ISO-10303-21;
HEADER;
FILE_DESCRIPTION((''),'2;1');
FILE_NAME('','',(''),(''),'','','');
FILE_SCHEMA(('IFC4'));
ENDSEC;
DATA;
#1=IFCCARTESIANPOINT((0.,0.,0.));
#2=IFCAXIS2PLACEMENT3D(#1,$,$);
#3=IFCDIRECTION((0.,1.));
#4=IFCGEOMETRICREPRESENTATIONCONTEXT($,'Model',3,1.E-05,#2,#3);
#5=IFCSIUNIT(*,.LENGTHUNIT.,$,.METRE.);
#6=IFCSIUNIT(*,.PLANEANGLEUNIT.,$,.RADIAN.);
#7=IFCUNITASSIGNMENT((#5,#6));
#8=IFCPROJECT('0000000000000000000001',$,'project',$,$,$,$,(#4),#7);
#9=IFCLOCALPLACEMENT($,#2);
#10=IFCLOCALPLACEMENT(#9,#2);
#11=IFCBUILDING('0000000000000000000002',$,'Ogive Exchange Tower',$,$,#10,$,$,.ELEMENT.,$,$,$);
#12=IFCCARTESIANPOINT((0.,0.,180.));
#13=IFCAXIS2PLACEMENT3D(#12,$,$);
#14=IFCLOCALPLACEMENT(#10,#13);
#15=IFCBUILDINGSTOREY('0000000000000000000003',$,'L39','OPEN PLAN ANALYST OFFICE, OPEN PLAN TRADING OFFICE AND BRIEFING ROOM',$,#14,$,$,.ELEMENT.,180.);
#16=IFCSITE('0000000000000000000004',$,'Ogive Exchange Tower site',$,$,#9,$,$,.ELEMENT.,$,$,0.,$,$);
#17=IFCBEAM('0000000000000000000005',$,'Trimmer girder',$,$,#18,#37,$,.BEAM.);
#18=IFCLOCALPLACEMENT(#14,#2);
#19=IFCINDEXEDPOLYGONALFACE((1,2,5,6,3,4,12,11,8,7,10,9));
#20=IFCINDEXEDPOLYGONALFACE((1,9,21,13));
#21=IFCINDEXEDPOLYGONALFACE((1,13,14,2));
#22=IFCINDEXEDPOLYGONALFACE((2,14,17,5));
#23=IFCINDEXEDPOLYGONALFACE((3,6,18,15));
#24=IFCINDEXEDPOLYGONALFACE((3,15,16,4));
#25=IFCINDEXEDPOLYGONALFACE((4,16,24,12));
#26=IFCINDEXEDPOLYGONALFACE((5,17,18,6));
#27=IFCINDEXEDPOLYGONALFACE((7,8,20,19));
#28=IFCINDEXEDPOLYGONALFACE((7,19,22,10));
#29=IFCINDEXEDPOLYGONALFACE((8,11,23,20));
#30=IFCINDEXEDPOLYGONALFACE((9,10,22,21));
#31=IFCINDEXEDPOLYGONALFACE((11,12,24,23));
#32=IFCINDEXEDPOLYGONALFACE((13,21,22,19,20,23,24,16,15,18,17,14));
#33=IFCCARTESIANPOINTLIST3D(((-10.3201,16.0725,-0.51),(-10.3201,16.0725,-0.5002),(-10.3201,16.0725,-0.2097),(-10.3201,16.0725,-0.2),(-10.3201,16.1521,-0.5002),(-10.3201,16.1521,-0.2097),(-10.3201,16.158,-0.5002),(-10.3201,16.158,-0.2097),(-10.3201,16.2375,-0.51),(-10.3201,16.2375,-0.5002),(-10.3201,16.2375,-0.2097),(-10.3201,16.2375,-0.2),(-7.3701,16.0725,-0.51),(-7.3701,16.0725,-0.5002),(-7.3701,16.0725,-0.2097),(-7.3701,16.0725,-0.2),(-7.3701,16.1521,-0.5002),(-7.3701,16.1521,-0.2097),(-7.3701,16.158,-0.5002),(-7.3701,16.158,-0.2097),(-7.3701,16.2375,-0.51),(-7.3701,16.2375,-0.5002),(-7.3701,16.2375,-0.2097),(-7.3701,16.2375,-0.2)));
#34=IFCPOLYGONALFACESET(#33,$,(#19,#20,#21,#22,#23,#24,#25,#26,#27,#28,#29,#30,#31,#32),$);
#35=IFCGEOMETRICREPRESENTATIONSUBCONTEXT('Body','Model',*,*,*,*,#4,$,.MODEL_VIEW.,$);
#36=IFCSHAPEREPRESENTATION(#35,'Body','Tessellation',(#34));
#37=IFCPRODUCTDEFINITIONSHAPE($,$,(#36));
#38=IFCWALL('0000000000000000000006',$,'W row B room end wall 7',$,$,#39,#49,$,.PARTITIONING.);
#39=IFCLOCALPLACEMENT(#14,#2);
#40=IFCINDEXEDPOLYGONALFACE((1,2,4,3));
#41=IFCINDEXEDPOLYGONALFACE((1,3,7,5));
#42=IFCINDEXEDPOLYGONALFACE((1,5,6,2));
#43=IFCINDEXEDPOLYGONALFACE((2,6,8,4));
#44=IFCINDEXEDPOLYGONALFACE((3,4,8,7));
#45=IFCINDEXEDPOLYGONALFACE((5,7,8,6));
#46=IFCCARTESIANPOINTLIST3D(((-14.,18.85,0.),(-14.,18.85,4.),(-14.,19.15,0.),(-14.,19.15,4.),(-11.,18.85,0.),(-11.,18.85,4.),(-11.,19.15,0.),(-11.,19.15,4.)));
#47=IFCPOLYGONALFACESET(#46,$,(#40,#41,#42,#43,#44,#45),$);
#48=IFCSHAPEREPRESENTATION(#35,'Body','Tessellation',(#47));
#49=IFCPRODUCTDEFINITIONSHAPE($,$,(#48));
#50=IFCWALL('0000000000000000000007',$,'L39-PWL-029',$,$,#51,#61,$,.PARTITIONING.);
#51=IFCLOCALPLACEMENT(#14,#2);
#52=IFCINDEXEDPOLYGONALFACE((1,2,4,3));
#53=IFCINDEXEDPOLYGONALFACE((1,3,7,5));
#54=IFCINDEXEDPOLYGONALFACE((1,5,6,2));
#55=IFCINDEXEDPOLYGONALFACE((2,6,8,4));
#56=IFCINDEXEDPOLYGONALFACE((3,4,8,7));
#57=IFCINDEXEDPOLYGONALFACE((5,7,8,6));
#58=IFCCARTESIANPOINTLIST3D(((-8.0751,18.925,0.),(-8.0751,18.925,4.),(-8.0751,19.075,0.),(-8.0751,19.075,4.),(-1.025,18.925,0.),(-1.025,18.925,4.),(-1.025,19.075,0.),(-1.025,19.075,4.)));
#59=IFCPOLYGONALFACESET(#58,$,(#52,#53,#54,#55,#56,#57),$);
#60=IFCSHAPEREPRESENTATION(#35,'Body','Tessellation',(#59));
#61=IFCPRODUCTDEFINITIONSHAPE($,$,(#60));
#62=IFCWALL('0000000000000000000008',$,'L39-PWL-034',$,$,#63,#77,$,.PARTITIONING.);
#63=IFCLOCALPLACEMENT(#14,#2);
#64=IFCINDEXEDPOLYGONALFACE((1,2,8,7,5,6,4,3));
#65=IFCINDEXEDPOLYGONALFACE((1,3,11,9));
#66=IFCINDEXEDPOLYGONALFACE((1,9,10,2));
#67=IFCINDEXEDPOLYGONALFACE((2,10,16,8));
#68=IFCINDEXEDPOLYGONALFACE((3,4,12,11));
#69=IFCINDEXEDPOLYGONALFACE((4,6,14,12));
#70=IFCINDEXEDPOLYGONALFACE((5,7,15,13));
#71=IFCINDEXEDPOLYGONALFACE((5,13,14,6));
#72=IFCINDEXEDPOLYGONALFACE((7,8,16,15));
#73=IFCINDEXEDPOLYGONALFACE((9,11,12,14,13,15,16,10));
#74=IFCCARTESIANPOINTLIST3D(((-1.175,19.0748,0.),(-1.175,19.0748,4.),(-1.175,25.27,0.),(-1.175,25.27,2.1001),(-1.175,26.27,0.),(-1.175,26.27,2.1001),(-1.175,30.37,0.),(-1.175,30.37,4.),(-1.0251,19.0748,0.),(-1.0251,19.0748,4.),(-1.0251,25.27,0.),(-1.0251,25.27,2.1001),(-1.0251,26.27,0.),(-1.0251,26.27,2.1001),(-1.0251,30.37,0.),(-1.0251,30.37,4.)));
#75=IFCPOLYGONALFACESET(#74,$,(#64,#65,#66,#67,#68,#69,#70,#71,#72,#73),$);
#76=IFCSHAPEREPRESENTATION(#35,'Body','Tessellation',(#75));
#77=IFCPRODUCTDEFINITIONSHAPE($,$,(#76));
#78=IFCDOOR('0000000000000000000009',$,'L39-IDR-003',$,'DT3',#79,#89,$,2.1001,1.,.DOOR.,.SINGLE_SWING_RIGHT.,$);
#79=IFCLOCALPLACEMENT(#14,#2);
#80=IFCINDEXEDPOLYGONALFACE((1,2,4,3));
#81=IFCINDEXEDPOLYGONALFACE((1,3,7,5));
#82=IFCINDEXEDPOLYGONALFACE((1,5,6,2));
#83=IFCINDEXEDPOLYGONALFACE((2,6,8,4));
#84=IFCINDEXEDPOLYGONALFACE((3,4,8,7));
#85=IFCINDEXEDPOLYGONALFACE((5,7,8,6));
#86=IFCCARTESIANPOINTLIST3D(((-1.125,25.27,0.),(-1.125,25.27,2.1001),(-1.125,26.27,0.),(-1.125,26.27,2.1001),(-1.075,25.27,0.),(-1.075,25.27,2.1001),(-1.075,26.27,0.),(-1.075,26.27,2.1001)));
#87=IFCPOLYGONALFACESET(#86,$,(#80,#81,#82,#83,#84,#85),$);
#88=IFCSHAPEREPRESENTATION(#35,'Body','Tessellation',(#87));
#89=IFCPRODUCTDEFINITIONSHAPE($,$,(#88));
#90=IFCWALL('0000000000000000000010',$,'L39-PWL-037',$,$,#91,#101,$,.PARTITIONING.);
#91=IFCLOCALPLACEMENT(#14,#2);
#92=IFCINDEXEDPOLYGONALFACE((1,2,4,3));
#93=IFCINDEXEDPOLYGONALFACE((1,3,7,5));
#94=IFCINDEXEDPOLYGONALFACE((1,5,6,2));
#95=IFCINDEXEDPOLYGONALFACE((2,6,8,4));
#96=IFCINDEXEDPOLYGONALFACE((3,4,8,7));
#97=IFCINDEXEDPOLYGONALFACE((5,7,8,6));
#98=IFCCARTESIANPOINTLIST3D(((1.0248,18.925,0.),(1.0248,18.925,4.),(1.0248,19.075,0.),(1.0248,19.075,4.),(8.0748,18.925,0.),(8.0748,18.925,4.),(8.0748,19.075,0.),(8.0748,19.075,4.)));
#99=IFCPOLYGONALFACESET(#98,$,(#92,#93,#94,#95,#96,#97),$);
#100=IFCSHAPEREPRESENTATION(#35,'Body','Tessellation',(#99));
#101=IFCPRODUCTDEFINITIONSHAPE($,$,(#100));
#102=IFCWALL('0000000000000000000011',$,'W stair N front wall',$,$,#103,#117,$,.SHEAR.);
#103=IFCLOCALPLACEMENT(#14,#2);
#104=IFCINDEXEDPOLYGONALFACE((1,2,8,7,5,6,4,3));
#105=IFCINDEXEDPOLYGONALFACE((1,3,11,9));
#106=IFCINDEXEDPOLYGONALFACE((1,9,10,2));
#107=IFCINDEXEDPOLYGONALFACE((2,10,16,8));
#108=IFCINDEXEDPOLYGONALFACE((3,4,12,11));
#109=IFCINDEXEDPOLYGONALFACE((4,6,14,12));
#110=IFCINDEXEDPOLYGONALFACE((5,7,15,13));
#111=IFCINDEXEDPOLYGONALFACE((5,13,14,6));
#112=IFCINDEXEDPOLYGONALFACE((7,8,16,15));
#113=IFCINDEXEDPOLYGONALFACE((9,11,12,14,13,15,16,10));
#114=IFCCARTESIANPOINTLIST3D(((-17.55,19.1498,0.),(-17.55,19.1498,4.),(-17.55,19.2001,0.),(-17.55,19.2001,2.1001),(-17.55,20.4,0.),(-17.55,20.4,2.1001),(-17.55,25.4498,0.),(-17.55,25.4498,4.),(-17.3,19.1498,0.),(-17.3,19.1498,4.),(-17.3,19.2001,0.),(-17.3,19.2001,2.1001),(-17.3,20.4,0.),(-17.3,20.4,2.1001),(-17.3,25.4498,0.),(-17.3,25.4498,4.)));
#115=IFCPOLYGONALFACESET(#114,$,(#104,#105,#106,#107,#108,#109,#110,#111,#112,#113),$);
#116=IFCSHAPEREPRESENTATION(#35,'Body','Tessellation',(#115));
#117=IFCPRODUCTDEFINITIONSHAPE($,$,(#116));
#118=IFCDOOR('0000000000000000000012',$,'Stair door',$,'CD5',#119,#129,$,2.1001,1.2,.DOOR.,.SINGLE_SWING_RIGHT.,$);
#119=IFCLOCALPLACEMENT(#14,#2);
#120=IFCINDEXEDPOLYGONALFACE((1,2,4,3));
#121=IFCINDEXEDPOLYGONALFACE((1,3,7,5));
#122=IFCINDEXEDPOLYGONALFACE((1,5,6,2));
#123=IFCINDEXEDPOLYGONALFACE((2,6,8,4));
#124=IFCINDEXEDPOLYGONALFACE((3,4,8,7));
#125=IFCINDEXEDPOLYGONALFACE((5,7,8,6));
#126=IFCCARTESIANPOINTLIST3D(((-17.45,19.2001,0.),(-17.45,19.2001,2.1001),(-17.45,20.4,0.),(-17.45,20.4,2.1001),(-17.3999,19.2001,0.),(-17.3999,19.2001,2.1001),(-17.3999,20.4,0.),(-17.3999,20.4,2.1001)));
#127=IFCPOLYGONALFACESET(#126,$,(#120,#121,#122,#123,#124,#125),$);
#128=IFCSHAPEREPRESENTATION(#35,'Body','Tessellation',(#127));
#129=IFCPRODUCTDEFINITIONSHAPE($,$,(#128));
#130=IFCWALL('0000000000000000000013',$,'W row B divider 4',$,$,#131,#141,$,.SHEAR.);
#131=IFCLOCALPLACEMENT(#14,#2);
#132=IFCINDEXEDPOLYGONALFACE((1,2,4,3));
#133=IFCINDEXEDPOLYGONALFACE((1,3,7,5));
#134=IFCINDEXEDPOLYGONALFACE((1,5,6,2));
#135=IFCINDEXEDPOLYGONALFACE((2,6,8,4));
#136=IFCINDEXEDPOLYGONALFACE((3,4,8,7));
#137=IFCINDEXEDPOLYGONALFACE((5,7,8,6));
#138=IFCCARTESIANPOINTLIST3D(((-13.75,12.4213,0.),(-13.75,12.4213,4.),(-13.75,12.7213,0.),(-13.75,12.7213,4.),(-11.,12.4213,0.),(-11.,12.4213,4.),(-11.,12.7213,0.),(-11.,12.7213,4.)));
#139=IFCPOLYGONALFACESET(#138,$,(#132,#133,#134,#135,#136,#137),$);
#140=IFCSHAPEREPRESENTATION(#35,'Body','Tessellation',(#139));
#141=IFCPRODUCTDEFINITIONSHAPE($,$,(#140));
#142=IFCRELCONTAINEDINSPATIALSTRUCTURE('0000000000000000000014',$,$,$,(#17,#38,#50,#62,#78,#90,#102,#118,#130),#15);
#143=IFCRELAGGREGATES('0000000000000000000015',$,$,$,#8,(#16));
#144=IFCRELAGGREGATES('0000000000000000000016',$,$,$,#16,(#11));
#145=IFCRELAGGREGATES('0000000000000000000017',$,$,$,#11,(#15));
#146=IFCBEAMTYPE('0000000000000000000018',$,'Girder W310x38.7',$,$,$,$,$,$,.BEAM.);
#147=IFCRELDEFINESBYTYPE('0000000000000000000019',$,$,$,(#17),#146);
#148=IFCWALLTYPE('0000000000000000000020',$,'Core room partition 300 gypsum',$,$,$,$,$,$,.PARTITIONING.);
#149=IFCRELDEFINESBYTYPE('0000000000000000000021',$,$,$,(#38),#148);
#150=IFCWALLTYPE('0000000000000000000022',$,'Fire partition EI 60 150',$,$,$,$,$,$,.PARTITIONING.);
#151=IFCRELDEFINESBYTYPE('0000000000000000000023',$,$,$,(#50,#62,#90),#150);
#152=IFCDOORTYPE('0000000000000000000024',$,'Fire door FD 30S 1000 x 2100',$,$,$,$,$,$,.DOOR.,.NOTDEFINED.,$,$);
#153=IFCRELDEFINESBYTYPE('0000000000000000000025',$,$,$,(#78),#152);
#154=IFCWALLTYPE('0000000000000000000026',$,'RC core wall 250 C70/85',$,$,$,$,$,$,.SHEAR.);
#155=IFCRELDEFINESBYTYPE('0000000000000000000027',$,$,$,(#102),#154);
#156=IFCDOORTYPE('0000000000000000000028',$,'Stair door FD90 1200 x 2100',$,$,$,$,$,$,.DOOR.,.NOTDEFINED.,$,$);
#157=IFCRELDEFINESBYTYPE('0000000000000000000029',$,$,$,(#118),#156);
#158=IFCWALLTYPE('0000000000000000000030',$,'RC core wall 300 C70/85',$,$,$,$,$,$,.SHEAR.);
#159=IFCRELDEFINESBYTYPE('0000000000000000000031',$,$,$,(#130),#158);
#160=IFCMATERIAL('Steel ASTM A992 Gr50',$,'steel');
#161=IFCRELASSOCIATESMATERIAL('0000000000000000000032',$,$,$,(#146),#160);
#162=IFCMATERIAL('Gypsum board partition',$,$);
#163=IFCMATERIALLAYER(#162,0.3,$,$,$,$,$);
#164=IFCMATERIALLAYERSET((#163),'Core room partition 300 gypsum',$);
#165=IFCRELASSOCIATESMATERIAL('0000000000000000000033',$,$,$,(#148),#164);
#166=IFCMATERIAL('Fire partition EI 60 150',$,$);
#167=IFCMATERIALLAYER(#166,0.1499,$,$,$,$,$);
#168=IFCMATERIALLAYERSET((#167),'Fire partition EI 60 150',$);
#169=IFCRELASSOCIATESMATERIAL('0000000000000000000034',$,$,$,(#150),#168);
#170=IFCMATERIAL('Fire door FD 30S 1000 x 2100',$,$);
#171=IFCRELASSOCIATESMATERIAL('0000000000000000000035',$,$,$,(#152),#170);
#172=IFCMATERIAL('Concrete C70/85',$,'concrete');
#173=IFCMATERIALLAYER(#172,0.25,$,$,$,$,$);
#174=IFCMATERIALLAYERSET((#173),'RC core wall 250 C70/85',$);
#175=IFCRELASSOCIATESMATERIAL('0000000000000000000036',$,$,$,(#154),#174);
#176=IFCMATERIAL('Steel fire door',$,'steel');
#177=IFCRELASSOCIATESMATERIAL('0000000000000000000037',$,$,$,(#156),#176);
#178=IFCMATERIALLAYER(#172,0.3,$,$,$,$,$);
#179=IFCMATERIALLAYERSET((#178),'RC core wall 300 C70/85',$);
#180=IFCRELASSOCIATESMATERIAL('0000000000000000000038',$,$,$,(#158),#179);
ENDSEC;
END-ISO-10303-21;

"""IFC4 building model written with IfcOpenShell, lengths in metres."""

from ifc_helpers import new_model, si_unit, direction, frame, frame_2d, origin, origin_2d, place, context, subcontext, project, spatial, rectangle, i_section, extrude, material, layer, layer_set, material_profile, profile_set, type_object, element, fill, save


model = new_model("IFC4")

# Units and contexts
model_context = context("Model", 3, precision=1e-05, world=origin(), true_north=direction((0.0, 1.0)))
body_context = subcontext(model_context, "Body", "Model", "MODEL_VIEW")
ifc_project = project(units=[si_unit("LENGTHUNIT", "METRE"), si_unit("PLANEANGLEUNIT", "RADIAN")], contexts=[model_context])

# Site, building, storey
site_placement = place(None, origin())
site = spatial("IfcSite", under=ifc_project, at=site_placement, Name="Ogive Exchange Tower site", CompositionType="ELEMENT", RefElevation=0.0)
building_placement = place(site_placement, origin())
building = spatial("IfcBuilding", under=site, at=building_placement, Name="Ogive Exchange Tower", CompositionType="ELEMENT")
storey_placement = place(building_placement, frame((0.0, 0.0, 180.0)))
storey = spatial("IfcBuildingStorey", under=building, at=storey_placement, Name="L39", Description="OPEN PLAN ANALYST OFFICE, OPEN PLAN TRADING OFFICE AND BRIEFING ROOM", CompositionType="ELEMENT", Elevation=180.0)

# Beam
ifc_material_1 = material(Name="Steel ASTM A992 Gr50", Category="steel")
ifc_material_profile_1 = material_profile(ifc_material_1, i_section(OverallWidth=0.165, OverallDepth=0.3101, WebThickness=0.0059, FlangeThickness=0.0098, at=origin_2d()), Name="W310x38.7")
ifc_profile_set_1 = profile_set([ifc_material_profile_1], Name="Steel ASTM A992 Gr50")
beam_type_1 = type_object("IfcBeamType", Name="Girder W310x38.7", PredefinedType="BEAM", material=ifc_profile_set_1)
beam_1_placement = place(storey_placement, frame((-10.3201, 16.155, -0.355), z_axis=(1.0, 0.0, 0.0), x_axis=(0.0, 1.0, 0.0)))
element("IfcBeam", 1, at=beam_1_placement, inside=storey, type_object=beam_type_1, Name="Trimmer girder", PredefinedType="BEAM", context=body_context, shape_type="SweptSolid", body=[
    extrude(i_section(OverallWidth=0.165, OverallDepth=0.3101, WebThickness=0.0059, FlangeThickness=0.0098, at=origin_2d()), origin(), (0.0, 0.0, 1.0), 2.95),
])

# Walls
ifc_material_2 = material(Name="Gypsum board partition")
ifc_layer_1 = layer(ifc_material_2, 0.3)
ifc_layer_set_1 = layer_set([ifc_layer_1], Name="Core room partition 300 gypsum")
wall_type_1 = type_object("IfcWallType", Name="Core room partition 300 gypsum", PredefinedType="PARTITIONING", material=ifc_layer_set_1)
wall_1_placement = place(storey_placement, frame((-14.0, 19.0, 0.0), z_axis=(0.0, 0.0, 1.0), x_axis=(1.0, 0.0, 0.0)))
element("IfcWall", 2, at=wall_1_placement, inside=storey, type_object=wall_type_1, Name="W row B room end wall 7", PredefinedType="PARTITIONING", context=body_context, shape_type="SweptSolid", body=[
    extrude(rectangle(XDim=3.0, YDim=0.3, at=frame_2d((1.5, 0.0))), origin(), (0.0, 0.0, 1.0), 4.0),
])
ifc_material_3 = material(Name="Fire partition EI 60 150")
ifc_layer_2 = layer(ifc_material_3, 0.1499)
ifc_layer_set_2 = layer_set([ifc_layer_2], Name="Fire partition EI 60 150")
wall_type_2 = type_object("IfcWallType", Name="Fire partition EI 60 150", PredefinedType="PARTITIONING", material=ifc_layer_set_2)
wall_2_placement = place(storey_placement, frame((-8.075, 19.0, 0.0), z_axis=(0.0, 0.0, 1.0), x_axis=(1.0, 0.0, 0.0)))
element("IfcWall", 3, at=wall_2_placement, inside=storey, type_object=wall_type_2, Name="L39-PWL-029", PredefinedType="PARTITIONING", context=body_context, shape_type="SweptSolid", body=[
    extrude(rectangle(XDim=7.05, YDim=0.1499, at=frame_2d((3.5249, 0.0))), origin(), (0.0, 0.0, 1.0), 4.0),
])

# Wall, opening, door
wall_3_placement = place(storey_placement, frame((-1.1001, 19.075, 0.0), z_axis=(0.0, 0.0, 1.0), x_axis=(0.0, 1.0, 0.0)))
wall_3 = element("IfcWall", 4, at=wall_3_placement, inside=storey, type_object=wall_type_2, Name="L39-PWL-034", PredefinedType="PARTITIONING", context=body_context, shape_type="SweptSolid", body=[
    extrude(rectangle(XDim=11.2952, YDim=0.1499, at=frame_2d((5.6475, 0.0))), origin(), (0.0, 0.0, 1.0), 4.0),
])
opening_1_placement = place(wall_3_placement, frame((6.1951, 0.0, 0.0)))
opening_1 = element("IfcOpeningElement", 5, at=opening_1_placement, cuts=wall_3, PredefinedType="OPENING", context=body_context, shape_type="SweptSolid", body=[
    extrude(rectangle(XDim=1.0, YDim=2.1001, at=frame_2d((0.5, 1.05))), frame((0.0, 0.085, 0.0), z_axis=(0.0, -1.0, 0.0), x_axis=(1.0, 0.0, 0.0)), (0.0, 0.0, 1.0), 0.1699),
])
ifc_material_4 = material(Name="Fire door FD 30S 1000 x 2100")
door_type_1 = type_object("IfcDoorType", Name="Fire door FD 30S 1000 x 2100", OperationType="NOTDEFINED", PredefinedType="DOOR", material=ifc_material_4)
door_1_placement = place(opening_1_placement, origin())
door_1 = element("IfcDoor", 6, at=door_1_placement, inside=storey, type_object=door_type_1, Name="L39-IDR-003", ObjectType="DT3", OperationType="SINGLE_SWING_RIGHT", OverallHeight=2.1001, OverallWidth=1.0, PredefinedType="DOOR", context=body_context, shape_type="SweptSolid", body=[
    extrude(rectangle(XDim=1.0, YDim=2.1001, at=frame_2d((0.5, 1.05))), frame((0.0, 0.0249, 0.0), z_axis=(0.0, -1.0, 0.0), x_axis=(1.0, 0.0, 0.0)), (0.0, 0.0, 1.0), 0.05),
])
fill(opening_1, door_1)

# Wall
wall_4_placement = place(storey_placement, frame((1.0249, 19.0, 0.0), z_axis=(0.0, 0.0, 1.0), x_axis=(1.0, 0.0, 0.0)))
element("IfcWall", 7, at=wall_4_placement, inside=storey, type_object=wall_type_2, Name="L39-PWL-037", PredefinedType="PARTITIONING", context=body_context, shape_type="SweptSolid", body=[
    extrude(rectangle(XDim=7.05, YDim=0.1499, at=frame_2d((3.5249, 0.0))), origin(), (0.0, 0.0, 1.0), 4.0),
])

# Wall, opening, door
ifc_material_5 = material(Name="Concrete C70/85", Category="concrete")
ifc_layer_3 = layer(ifc_material_5, 0.25)
ifc_layer_set_3 = layer_set([ifc_layer_3], Name="RC core wall 250 C70/85")
wall_type_3 = type_object("IfcWallType", Name="RC core wall 250 C70/85", PredefinedType="SHEAR", material=ifc_layer_set_3)
wall_5_placement = place(storey_placement, frame((-17.425, 19.1499, 0.0), z_axis=(0.0, 0.0, 1.0), x_axis=(0.0, 1.0, 0.0)))
wall_5 = element("IfcWall", 8, at=wall_5_placement, inside=storey, type_object=wall_type_3, Name="W stair N front wall", PredefinedType="SHEAR", context=body_context, shape_type="SweptSolid", body=[
    extrude(rectangle(XDim=6.3, YDim=0.25, at=frame_2d((3.1499, 0.0))), origin(), (0.0, 0.0, 1.0), 4.0),
])
opening_2_placement = place(wall_5_placement, frame((0.05, 0.0, 0.0)))
opening_2 = element("IfcOpeningElement", 9, at=opening_2_placement, cuts=wall_5, PredefinedType="OPENING", context=body_context, shape_type="SweptSolid", body=[
    extrude(rectangle(XDim=1.2, YDim=2.1001, at=frame_2d((0.6001, 1.05))), frame((0.0, 0.135, 0.0), z_axis=(0.0, -1.0, 0.0), x_axis=(1.0, 0.0, 0.0)), (0.0, 0.0, 1.0), 0.27),
])
ifc_material_6 = material(Name="Steel fire door", Category="steel")
door_type_2 = type_object("IfcDoorType", Name="Stair door FD90 1200 x 2100", OperationType="NOTDEFINED", PredefinedType="DOOR", material=ifc_material_6)
door_2_placement = place(opening_2_placement, origin())
door_2 = element("IfcDoor", 10, at=door_2_placement, inside=storey, type_object=door_type_2, Name="Stair door", ObjectType="CD5", OperationType="SINGLE_SWING_RIGHT", OverallHeight=2.1001, OverallWidth=1.2, PredefinedType="DOOR", context=body_context, shape_type="SweptSolid", body=[
    extrude(rectangle(XDim=1.2, YDim=2.1001, at=frame_2d((0.6001, 1.05))), frame((0.0, 0.0249, 0.0), z_axis=(0.0, -1.0, 0.0), x_axis=(1.0, 0.0, 0.0)), (0.0, 0.0, 1.0), 0.05),
])
fill(opening_2, door_2)

# Wall
ifc_layer_4 = layer(ifc_material_5, 0.3)
ifc_layer_set_4 = layer_set([ifc_layer_4], Name="RC core wall 300 C70/85")
wall_type_4 = type_object("IfcWallType", Name="RC core wall 300 C70/85", PredefinedType="SHEAR", material=ifc_layer_set_4)
wall_6_placement = place(storey_placement, frame((-13.75, 12.5713, 0.0), z_axis=(0.0, 0.0, 1.0), x_axis=(1.0, 0.0, 0.0)))
element("IfcWall", 11, at=wall_6_placement, inside=storey, type_object=wall_type_4, Name="W row B divider 4", PredefinedType="SHEAR", context=body_context, shape_type="SweptSolid", body=[
    extrude(rectangle(XDim=2.75, YDim=0.3, at=frame_2d((1.375, 0.0))), origin(), (0.0, 0.0, 1.0), 4.0),
])

save(model, "model.ifc")
